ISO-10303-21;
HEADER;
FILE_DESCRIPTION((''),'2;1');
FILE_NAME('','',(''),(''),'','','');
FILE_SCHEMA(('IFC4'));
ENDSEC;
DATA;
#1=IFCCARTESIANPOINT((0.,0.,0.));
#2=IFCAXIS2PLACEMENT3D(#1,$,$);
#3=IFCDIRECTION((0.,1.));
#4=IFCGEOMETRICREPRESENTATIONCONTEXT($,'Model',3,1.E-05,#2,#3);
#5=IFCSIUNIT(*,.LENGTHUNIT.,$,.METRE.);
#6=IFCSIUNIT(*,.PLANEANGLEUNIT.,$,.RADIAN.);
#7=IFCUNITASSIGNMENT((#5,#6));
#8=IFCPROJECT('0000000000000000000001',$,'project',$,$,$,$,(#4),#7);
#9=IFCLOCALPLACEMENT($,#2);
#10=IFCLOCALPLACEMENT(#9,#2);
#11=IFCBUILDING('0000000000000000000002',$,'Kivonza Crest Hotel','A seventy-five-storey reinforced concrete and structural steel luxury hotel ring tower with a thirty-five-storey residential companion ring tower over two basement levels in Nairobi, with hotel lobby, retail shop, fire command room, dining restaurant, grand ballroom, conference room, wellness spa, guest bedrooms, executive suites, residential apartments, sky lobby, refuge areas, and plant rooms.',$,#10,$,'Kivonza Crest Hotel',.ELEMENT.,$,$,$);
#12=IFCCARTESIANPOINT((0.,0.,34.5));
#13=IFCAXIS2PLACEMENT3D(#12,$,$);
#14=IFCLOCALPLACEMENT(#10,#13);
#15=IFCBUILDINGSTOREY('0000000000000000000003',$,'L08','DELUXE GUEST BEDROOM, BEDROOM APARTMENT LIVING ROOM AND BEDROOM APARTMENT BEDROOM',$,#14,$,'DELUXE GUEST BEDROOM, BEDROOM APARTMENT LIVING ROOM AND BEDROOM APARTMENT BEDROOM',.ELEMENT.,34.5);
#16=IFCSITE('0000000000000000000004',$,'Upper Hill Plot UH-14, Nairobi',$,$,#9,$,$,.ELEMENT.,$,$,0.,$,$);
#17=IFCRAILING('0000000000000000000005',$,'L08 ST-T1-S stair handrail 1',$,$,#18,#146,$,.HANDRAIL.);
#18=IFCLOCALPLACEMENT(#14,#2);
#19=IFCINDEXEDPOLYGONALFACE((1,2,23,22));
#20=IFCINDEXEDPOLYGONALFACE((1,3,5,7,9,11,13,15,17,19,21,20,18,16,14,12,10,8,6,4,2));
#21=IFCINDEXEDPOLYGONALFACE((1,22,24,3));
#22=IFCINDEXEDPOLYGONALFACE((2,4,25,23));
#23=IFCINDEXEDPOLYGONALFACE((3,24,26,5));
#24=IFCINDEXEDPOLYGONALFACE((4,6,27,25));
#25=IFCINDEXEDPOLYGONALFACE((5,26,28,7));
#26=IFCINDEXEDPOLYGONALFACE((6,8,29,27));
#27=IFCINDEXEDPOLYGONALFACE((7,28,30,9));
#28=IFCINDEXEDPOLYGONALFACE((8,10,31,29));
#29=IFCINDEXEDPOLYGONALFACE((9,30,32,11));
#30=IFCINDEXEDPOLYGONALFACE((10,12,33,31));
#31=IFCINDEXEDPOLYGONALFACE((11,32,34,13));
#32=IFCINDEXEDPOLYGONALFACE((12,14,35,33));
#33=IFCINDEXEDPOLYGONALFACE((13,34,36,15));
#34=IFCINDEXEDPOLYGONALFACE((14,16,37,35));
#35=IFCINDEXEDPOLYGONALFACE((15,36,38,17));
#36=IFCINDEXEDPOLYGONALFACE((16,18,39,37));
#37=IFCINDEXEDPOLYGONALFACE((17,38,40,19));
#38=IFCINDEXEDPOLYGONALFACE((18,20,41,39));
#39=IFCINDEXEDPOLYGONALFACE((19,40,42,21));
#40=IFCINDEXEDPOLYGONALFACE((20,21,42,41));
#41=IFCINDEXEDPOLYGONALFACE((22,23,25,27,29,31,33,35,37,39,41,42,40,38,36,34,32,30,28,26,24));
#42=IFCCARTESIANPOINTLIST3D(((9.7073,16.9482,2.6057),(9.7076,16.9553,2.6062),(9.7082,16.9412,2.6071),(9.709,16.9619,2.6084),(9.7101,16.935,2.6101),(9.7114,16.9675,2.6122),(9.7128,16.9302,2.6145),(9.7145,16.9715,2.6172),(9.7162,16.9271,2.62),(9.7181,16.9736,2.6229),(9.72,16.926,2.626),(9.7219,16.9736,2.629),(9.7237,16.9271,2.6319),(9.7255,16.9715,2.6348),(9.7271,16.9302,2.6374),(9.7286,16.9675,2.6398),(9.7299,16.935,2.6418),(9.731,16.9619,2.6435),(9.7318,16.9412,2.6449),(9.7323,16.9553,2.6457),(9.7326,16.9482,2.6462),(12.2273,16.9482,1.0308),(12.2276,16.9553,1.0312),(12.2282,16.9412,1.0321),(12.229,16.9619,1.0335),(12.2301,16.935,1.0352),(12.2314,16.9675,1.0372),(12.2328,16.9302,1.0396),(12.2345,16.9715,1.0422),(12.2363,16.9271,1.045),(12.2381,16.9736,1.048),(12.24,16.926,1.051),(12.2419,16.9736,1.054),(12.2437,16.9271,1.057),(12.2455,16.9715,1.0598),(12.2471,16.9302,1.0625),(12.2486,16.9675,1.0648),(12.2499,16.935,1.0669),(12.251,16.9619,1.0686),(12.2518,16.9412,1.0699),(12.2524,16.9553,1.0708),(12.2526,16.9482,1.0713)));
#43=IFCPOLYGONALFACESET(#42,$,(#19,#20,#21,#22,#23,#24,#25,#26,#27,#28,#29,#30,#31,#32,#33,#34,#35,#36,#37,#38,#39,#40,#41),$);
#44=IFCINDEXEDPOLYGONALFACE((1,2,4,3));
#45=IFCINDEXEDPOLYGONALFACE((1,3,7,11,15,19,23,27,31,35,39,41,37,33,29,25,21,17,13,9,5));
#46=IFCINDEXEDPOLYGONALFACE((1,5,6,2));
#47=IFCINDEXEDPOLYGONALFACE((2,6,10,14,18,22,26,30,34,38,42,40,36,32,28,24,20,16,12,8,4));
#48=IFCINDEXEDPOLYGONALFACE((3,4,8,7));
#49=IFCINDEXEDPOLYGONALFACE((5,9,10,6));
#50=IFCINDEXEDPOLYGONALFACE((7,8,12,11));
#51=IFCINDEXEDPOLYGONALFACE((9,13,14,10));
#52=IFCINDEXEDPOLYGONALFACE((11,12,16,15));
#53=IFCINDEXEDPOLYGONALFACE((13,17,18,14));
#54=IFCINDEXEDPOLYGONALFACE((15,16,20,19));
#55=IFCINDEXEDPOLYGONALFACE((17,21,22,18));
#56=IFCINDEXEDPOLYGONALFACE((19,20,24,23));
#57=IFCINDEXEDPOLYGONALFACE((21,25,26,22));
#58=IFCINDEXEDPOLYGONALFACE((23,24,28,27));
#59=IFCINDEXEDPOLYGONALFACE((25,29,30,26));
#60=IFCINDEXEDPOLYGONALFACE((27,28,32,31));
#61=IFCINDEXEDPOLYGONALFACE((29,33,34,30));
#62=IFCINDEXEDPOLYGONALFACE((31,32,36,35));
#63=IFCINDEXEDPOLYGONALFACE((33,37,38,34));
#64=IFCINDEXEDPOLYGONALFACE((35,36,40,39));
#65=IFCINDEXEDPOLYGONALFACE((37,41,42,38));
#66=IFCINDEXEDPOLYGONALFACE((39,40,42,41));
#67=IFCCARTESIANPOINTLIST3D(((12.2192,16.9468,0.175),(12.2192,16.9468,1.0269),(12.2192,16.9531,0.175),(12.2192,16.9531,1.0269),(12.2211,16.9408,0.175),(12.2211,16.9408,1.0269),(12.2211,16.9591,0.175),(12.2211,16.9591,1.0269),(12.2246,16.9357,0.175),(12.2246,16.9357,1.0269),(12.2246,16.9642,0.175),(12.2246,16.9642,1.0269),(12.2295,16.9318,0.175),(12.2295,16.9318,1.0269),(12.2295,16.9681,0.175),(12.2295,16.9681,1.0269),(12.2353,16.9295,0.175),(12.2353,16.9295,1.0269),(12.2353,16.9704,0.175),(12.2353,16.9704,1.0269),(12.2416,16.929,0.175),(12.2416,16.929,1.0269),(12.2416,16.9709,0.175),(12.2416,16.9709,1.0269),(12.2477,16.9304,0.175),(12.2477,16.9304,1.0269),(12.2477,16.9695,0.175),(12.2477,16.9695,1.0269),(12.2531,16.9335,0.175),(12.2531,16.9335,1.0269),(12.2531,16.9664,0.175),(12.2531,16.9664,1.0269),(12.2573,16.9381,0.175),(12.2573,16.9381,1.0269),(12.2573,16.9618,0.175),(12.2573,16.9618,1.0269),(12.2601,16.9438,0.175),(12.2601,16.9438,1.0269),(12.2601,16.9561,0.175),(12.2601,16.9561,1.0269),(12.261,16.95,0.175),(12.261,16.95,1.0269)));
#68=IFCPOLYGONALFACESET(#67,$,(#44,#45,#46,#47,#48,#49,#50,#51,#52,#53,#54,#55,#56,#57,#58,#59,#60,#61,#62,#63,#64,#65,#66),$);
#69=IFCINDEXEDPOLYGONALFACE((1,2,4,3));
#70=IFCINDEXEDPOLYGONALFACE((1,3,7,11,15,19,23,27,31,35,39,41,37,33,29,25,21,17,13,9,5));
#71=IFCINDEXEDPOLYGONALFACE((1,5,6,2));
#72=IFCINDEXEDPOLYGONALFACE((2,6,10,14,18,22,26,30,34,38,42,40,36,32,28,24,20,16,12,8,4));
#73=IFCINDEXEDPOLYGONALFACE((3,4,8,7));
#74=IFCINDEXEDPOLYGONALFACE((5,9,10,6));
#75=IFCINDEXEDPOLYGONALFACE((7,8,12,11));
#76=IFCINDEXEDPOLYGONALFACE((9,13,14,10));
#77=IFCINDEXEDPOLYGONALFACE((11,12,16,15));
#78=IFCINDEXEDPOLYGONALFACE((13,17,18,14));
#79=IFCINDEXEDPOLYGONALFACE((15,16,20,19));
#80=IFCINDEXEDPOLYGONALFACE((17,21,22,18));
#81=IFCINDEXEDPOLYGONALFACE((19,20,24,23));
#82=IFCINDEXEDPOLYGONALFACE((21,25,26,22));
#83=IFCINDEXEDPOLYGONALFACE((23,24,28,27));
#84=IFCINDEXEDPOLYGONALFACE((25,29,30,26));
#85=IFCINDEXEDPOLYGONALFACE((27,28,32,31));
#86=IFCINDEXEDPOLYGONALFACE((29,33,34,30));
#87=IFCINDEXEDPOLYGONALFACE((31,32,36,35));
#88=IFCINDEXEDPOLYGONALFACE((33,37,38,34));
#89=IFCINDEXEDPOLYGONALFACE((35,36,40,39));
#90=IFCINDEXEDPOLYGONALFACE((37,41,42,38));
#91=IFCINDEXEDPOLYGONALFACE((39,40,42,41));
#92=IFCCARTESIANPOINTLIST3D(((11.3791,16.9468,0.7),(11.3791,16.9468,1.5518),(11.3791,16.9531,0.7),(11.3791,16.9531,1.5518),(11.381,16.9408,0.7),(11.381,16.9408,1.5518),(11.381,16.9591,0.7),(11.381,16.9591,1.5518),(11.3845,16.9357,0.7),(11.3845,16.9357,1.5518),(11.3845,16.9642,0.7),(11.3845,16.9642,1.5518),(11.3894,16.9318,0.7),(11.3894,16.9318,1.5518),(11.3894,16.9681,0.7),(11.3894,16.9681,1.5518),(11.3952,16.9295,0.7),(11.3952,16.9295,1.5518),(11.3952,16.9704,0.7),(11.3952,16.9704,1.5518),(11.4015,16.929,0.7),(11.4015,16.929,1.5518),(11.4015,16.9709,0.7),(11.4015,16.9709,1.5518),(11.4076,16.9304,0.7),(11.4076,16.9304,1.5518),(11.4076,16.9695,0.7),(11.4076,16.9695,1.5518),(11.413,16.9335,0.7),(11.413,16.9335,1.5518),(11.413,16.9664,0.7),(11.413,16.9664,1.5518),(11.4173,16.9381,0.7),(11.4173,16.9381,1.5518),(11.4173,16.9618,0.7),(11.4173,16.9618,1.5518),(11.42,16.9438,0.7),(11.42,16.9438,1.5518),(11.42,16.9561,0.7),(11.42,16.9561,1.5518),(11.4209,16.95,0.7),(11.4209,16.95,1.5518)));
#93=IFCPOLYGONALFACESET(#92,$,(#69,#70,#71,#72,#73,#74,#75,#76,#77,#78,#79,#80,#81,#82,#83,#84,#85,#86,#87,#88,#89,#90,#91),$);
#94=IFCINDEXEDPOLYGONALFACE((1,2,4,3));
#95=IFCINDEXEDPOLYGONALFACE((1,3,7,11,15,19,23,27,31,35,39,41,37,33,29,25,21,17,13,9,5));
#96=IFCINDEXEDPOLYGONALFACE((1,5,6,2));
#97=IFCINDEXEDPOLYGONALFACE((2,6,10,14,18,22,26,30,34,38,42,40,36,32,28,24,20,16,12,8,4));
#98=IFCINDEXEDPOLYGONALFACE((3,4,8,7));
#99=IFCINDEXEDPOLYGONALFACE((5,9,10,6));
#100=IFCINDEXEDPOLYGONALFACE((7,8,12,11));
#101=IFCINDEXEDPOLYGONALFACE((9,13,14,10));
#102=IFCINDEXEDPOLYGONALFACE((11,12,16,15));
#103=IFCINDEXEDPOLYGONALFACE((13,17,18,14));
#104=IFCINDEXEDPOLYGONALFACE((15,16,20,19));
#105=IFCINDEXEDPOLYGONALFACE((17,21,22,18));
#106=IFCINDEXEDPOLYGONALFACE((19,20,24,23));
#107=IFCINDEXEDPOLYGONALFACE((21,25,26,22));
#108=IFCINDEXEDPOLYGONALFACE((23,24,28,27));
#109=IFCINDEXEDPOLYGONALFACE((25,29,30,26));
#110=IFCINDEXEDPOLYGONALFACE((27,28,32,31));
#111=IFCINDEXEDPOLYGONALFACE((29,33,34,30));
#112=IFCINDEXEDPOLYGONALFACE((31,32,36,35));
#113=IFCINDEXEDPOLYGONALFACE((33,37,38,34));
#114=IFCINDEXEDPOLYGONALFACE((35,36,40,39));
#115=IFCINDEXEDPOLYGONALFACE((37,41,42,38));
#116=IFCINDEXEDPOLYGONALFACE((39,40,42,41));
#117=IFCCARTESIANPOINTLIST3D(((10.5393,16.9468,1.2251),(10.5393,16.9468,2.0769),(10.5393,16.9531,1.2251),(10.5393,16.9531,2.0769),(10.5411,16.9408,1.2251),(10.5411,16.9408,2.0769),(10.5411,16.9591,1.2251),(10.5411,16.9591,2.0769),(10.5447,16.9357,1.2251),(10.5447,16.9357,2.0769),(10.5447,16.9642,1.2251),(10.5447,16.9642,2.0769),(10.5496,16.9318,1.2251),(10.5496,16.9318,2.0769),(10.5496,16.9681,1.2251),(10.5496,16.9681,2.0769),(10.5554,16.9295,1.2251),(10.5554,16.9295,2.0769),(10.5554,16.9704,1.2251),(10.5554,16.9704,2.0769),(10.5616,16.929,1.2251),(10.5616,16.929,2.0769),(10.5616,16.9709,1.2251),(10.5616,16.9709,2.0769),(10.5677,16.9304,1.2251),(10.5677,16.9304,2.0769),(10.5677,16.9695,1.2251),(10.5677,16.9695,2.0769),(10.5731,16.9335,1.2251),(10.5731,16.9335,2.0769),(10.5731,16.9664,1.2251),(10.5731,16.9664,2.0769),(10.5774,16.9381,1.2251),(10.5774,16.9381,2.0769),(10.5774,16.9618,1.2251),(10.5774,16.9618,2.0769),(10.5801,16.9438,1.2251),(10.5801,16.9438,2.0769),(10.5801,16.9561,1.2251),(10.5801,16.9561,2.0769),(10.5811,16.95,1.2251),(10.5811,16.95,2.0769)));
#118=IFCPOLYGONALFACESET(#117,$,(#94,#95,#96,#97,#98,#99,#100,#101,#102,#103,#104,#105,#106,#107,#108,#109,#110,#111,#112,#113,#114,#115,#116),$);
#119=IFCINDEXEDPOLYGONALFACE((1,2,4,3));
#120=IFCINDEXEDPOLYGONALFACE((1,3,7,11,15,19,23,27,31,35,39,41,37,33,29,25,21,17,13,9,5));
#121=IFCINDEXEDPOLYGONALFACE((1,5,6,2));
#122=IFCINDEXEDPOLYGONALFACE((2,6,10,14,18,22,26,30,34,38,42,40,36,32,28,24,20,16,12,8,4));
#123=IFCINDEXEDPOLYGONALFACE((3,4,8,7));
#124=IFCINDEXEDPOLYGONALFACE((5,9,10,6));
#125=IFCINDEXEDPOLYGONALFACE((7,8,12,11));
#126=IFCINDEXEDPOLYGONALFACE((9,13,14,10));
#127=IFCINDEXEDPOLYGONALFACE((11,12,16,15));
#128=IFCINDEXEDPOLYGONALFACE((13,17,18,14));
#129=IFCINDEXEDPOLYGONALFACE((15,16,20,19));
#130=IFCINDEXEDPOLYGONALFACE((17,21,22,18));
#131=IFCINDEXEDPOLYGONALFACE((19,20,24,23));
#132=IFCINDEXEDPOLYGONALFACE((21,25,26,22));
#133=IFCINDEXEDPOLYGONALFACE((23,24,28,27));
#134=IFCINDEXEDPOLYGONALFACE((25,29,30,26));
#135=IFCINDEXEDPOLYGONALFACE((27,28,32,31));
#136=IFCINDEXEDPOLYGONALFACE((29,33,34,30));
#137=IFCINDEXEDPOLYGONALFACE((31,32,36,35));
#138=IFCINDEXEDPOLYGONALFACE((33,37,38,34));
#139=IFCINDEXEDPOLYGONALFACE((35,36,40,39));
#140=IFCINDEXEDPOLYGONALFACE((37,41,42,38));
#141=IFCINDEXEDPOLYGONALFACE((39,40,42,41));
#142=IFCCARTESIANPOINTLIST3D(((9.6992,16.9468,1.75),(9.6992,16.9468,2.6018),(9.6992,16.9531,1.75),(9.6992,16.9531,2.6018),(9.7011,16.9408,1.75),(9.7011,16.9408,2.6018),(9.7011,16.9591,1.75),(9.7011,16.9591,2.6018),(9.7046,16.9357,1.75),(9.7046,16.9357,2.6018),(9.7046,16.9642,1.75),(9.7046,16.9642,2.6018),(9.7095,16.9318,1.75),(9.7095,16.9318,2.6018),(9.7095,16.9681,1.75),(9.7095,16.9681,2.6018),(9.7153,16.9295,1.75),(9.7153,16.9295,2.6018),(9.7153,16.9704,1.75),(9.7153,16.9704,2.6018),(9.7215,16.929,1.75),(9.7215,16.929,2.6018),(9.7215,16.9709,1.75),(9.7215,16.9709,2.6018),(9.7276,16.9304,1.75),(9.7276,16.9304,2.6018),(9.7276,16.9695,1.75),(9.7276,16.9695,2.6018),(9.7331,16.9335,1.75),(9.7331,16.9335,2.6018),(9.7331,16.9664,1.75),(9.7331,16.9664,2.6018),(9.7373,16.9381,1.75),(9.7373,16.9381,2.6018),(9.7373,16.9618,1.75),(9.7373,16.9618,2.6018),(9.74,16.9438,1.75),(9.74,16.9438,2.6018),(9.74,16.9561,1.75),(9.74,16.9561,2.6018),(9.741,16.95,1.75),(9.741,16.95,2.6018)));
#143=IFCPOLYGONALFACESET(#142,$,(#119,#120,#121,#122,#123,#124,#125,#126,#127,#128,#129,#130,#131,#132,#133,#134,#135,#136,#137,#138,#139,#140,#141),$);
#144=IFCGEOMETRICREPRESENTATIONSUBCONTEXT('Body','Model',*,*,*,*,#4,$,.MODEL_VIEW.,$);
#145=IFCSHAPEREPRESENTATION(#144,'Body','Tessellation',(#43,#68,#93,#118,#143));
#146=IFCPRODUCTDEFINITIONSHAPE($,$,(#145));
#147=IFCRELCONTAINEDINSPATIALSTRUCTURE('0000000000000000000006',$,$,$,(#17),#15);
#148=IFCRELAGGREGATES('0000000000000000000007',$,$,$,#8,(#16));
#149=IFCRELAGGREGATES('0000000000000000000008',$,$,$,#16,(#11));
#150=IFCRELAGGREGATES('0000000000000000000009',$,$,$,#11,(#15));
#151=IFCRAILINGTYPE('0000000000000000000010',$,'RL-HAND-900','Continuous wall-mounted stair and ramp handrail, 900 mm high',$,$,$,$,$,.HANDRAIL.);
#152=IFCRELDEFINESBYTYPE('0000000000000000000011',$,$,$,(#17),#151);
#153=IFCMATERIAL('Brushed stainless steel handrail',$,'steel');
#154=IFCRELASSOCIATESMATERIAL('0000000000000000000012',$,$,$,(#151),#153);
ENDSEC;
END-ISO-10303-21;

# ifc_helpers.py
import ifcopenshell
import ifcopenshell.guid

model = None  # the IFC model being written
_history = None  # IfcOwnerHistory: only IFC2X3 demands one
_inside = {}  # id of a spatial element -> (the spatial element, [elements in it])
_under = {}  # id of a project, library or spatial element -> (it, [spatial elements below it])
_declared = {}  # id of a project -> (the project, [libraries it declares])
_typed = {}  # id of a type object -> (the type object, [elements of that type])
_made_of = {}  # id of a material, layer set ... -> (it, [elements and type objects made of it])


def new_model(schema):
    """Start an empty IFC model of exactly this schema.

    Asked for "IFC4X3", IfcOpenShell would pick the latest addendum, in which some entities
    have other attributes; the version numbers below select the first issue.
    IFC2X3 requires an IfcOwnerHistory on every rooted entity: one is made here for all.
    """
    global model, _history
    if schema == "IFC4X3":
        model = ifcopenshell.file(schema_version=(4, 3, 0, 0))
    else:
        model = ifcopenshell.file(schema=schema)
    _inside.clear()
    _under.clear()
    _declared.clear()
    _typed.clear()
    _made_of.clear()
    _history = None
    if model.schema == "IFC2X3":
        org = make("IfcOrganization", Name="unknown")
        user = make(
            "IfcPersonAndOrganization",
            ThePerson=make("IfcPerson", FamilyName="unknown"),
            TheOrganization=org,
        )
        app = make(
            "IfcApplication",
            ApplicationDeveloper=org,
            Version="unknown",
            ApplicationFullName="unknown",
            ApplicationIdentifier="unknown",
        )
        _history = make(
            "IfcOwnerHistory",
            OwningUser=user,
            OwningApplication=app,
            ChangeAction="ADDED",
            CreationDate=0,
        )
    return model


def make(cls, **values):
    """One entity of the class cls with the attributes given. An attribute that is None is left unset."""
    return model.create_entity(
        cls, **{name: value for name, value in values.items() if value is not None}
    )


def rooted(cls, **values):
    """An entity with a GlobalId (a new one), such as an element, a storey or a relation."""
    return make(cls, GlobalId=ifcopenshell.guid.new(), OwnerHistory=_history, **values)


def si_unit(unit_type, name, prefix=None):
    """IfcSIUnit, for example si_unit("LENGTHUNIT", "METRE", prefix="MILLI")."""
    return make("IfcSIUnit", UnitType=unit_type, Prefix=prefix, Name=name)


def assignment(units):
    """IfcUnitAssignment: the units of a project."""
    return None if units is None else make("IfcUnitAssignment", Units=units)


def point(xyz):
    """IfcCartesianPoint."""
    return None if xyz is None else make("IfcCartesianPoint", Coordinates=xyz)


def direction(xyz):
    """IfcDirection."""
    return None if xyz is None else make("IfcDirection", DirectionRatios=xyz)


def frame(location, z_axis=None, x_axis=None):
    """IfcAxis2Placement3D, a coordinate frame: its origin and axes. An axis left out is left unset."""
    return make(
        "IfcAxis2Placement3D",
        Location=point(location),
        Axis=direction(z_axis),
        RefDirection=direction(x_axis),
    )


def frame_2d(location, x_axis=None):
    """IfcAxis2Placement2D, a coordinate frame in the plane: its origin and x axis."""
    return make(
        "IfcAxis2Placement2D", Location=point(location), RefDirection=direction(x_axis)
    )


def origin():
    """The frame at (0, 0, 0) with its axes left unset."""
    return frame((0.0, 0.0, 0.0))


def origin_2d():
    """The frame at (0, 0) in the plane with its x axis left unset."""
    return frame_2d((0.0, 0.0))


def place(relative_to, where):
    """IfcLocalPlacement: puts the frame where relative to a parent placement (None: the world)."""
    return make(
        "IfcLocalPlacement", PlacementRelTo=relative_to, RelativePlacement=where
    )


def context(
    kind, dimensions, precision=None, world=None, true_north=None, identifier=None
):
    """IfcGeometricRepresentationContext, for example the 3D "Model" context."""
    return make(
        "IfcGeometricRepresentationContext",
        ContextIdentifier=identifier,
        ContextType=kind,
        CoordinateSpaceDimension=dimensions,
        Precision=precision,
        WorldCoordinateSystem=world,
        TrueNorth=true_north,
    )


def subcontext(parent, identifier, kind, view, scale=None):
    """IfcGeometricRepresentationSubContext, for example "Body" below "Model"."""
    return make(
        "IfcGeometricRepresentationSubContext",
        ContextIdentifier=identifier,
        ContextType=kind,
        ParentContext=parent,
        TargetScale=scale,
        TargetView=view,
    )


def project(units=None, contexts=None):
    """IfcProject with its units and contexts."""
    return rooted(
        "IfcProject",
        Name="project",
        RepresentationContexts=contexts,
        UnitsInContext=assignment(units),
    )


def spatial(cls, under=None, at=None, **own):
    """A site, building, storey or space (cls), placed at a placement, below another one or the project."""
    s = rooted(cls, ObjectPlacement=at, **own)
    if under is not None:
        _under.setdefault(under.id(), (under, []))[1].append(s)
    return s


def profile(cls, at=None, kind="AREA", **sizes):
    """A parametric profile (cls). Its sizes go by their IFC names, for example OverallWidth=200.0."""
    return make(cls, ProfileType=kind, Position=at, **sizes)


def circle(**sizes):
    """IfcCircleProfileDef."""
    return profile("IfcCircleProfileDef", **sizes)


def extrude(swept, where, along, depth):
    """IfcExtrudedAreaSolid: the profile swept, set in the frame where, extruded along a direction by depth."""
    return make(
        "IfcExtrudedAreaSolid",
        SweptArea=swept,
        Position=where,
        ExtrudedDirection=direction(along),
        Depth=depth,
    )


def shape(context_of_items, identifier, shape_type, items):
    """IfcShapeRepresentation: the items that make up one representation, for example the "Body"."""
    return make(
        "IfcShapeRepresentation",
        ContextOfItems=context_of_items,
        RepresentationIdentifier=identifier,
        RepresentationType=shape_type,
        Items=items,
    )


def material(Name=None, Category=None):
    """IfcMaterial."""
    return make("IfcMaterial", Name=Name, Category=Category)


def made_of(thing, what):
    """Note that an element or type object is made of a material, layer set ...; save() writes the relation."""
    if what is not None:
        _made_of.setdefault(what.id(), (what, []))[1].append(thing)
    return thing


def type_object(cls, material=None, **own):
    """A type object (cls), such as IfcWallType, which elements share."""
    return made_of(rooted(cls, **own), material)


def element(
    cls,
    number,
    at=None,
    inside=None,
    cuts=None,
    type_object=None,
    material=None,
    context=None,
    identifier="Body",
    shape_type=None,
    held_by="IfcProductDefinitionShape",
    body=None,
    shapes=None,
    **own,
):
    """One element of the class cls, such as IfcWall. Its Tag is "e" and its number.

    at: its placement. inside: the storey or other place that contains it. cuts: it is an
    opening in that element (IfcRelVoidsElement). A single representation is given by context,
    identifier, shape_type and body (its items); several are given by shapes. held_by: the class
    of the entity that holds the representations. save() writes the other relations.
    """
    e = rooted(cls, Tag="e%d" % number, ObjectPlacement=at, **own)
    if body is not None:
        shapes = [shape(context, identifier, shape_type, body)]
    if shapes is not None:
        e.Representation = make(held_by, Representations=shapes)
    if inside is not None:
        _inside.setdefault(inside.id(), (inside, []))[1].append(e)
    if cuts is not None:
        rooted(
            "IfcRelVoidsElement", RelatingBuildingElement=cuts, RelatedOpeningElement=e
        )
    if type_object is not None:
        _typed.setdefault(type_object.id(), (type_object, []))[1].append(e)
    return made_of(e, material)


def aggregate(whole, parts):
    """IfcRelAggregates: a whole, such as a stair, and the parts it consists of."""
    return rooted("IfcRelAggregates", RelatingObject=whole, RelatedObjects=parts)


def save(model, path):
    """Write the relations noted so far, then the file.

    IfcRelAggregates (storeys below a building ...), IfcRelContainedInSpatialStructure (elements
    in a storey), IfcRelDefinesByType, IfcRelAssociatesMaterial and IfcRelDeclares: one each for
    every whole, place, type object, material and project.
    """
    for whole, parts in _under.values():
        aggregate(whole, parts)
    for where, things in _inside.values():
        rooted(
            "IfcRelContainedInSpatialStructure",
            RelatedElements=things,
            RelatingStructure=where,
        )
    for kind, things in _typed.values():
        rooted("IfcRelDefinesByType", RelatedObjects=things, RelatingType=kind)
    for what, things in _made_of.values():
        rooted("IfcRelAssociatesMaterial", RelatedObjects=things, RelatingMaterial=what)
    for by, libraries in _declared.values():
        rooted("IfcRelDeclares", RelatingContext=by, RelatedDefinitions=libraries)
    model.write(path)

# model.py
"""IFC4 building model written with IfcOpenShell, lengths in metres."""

from ifc_helpers import new_model, si_unit, direction, frame, origin, origin_2d, place, context, subcontext, project, spatial, circle, extrude, material, type_object, element, save


model = new_model("IFC4")

# Units and contexts
model_context = context("Model", 3, precision=1e-05, world=origin(), true_north=direction((0.0, 1.0)))
body_context = subcontext(model_context, "Body", "Model", "MODEL_VIEW")
ifc_project = project(units=[si_unit("LENGTHUNIT", "METRE"), si_unit("PLANEANGLEUNIT", "RADIAN")], contexts=[model_context])

# Site, building, storey
site_placement = place(None, origin())
site = spatial("IfcSite", under=ifc_project, at=site_placement, Name="Upper Hill Plot UH-14, Nairobi", CompositionType="ELEMENT", RefElevation=0.0)
building_placement = place(site_placement, origin())
building = spatial("IfcBuilding", under=site, at=building_placement, Name="Kivonza Crest Hotel", Description="A seventy-five-storey reinforced concrete and structural steel luxury hotel ring tower with a thirty-five-storey residential companion ring tower over two basement levels in Nairobi, with hotel lobby, retail shop, fire command room, dining restaurant, grand ballroom, conference room, wellness spa, guest bedrooms, executive suites, residential apartments, sky lobby, refuge areas, and plant rooms.", LongName="Kivonza Crest Hotel", CompositionType="ELEMENT")
storey_placement = place(building_placement, frame((0.0, 0.0, 34.5)))
storey = spatial("IfcBuildingStorey", under=building, at=storey_placement, Name="L08", Description="DELUXE GUEST BEDROOM, BEDROOM APARTMENT LIVING ROOM AND BEDROOM APARTMENT BEDROOM", LongName="DELUXE GUEST BEDROOM, BEDROOM APARTMENT LIVING ROOM AND BEDROOM APARTMENT BEDROOM", CompositionType="ELEMENT", Elevation=34.5)

# Railing
ifc_material_1 = material(Name="Brushed stainless steel handrail", Category="steel")
railing_type_1 = type_object("IfcRailingType", Name="RL-HAND-900", Description="Continuous wall-mounted stair and ramp handrail, 900 mm high", PredefinedType="HANDRAIL", material=ifc_material_1)
railing_1_placement = place(storey_placement, frame((12.24, 16.95, 0.175)))
element("IfcRailing", 1, at=railing_1_placement, inside=storey, type_object=railing_type_1, Name="L08 ST-T1-S stair handrail 1", PredefinedType="HANDRAIL", context=body_context, shape_type="SweptSolid", body=[
    extrude(circle(Radius=0.0239, at=origin_2d()), frame((0.0, 0.0, 0.876), z_axis=(-0.848008, 0.0, 0.529984), x_axis=(0.0, -1.0, 0.0)), (0.0, 0.0, 1.0), 2.9717),
    extrude(circle(Radius=0.021, at=origin_2d()), origin(), (0.0, 0.0, 1.0), 0.8518),
    extrude(circle(Radius=0.021, at=origin_2d()), frame((-0.8401, 0.0, 0.5249)), (0.0, 0.0, 1.0), 0.8518),
    extrude(circle(Radius=0.021, at=origin_2d()), frame((-1.6799, 0.0, 1.05)), (0.0, 0.0, 1.0), 0.8518),
    extrude(circle(Radius=0.021, at=origin_2d()), frame((-2.52, 0.0, 1.575)), (0.0, 0.0, 1.0), 0.8518),
])

save(model, "model.ifc")
